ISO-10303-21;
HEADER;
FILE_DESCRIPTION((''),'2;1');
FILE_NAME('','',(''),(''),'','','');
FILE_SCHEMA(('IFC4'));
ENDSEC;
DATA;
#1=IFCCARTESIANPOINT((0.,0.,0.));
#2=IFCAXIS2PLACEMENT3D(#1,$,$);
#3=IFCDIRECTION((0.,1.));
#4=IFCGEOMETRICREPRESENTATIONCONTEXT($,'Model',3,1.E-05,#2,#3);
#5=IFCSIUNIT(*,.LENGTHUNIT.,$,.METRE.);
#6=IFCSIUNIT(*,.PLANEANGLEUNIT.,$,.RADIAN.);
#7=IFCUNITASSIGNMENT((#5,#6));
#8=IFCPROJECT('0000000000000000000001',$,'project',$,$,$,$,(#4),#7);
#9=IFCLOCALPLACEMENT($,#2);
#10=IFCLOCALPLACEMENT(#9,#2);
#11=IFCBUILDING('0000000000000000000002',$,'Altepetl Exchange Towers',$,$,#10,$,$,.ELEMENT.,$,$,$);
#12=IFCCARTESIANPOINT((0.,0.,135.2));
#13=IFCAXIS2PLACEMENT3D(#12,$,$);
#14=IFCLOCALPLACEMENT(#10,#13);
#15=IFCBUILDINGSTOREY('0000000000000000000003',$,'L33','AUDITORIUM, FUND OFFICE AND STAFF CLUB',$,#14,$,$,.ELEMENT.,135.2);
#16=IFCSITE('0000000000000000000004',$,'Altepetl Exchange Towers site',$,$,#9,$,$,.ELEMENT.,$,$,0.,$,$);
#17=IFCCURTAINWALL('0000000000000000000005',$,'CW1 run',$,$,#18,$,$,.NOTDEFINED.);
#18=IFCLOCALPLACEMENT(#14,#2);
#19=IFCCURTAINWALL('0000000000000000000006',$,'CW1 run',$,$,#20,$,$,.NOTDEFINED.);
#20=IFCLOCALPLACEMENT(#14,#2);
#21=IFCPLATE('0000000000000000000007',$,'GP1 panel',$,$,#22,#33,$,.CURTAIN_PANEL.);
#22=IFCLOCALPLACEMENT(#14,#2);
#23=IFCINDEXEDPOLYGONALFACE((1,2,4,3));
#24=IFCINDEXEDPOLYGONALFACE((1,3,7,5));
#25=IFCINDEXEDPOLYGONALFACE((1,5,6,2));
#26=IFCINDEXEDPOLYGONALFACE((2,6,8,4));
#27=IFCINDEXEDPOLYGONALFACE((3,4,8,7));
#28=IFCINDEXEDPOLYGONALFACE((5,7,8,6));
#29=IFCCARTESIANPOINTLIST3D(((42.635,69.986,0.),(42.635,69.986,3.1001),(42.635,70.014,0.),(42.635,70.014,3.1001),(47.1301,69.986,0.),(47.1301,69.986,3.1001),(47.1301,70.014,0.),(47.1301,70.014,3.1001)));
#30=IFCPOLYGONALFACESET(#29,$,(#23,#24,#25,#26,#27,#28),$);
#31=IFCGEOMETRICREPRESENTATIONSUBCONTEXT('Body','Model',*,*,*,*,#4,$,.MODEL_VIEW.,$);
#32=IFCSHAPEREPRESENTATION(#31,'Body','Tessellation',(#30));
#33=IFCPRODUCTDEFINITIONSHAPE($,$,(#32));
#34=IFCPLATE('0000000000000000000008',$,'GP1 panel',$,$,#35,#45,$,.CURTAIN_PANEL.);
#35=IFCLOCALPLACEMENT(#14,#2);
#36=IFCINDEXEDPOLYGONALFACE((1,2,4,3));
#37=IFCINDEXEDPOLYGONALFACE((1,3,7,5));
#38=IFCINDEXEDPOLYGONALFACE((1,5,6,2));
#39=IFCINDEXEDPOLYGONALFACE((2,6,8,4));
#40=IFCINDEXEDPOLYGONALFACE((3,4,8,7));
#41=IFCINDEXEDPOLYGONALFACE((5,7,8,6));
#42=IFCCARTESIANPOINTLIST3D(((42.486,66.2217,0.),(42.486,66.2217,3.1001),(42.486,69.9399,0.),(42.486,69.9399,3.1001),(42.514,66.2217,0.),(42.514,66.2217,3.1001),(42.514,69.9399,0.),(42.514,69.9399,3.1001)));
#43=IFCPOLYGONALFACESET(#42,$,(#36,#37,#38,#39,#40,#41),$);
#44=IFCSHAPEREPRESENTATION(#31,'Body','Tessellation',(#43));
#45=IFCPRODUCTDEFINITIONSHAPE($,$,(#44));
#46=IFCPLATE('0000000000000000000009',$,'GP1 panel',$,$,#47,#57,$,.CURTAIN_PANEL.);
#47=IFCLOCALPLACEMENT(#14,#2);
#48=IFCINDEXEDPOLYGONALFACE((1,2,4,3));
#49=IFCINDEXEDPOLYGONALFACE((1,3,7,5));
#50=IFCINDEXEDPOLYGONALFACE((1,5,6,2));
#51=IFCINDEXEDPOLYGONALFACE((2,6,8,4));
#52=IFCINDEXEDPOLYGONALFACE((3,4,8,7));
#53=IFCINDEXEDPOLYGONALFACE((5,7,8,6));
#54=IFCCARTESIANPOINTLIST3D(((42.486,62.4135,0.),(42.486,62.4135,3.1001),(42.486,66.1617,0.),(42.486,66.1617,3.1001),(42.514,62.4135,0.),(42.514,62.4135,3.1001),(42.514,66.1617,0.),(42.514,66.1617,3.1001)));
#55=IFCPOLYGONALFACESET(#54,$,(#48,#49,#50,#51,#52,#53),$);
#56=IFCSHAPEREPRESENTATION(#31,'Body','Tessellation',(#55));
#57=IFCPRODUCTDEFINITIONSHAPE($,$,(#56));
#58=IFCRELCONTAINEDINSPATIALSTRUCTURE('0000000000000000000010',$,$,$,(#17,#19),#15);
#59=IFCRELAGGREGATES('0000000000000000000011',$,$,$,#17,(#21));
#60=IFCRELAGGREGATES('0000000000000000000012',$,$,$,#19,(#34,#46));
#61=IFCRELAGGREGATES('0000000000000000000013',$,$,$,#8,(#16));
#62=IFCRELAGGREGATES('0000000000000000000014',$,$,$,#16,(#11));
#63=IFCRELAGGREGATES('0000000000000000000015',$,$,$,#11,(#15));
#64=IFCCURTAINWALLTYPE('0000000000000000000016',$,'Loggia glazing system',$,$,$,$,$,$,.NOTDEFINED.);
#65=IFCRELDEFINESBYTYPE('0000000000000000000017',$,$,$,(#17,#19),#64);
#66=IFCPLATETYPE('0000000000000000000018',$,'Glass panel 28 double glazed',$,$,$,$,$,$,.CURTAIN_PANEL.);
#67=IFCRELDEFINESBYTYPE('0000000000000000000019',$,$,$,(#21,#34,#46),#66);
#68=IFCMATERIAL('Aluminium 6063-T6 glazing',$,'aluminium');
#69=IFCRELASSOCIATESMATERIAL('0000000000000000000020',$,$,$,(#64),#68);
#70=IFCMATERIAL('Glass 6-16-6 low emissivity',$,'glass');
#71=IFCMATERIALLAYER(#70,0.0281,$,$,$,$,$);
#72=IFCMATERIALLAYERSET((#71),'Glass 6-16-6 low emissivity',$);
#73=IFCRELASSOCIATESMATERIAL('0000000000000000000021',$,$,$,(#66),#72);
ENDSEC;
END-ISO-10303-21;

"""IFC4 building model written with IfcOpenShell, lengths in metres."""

from ifc_helpers import new_model, si_unit, direction, frame, origin, origin_2d, place, context, subcontext, project, spatial, rectangle, extrude, material, layer, layer_set, type_object, element, aggregate, save


model = new_model("IFC4")

# Units and contexts
model_context = context("Model", 3, precision=1e-05, world=origin(), true_north=direction((0.0, 1.0)))
body_context = subcontext(model_context, "Body", "Model", "MODEL_VIEW")
ifc_project = project(units=[si_unit("LENGTHUNIT", "METRE"), si_unit("PLANEANGLEUNIT", "RADIAN")], contexts=[model_context])

# Site, building, storey
site_placement = place(None, origin())
site = spatial("IfcSite", under=ifc_project, at=site_placement, Name="Altepetl Exchange Towers site", CompositionType="ELEMENT", RefElevation=0.0)
building_placement = place(site_placement, origin())
building = spatial("IfcBuilding", under=site, at=building_placement, Name="Altepetl Exchange Towers", CompositionType="ELEMENT")
storey_placement = place(building_placement, frame((0.0, 0.0, 135.2)))
storey = spatial("IfcBuildingStorey", under=building, at=storey_placement, Name="L33", Description="AUDITORIUM, FUND OFFICE AND STAFF CLUB", CompositionType="ELEMENT", Elevation=135.2)

# Curtain walls
ifc_material_1 = material(Name="Aluminium 6063-T6 glazing", Category="aluminium")
curtain_wall_type = type_object("IfcCurtainWallType", Name="Loggia glazing system", PredefinedType="NOTDEFINED", material=ifc_material_1)
curtain_wall_1_placement = place(storey_placement, origin())
curtain_wall_1 = element("IfcCurtainWall", 1, at=curtain_wall_1_placement, inside=storey, type_object=curtain_wall_type, Name="CW1 run", PredefinedType="NOTDEFINED")
curtain_wall_2_placement = place(storey_placement, origin())
curtain_wall_2 = element("IfcCurtainWall", 2, at=curtain_wall_2_placement, inside=storey, type_object=curtain_wall_type, Name="CW1 run", PredefinedType="NOTDEFINED")

# Plates
ifc_material_2 = material(Name="Glass 6-16-6 low emissivity", Category="glass")
ifc_layer = layer(ifc_material_2, 0.0281)
ifc_layer_set = layer_set([ifc_layer], Name="Glass 6-16-6 low emissivity")
plate_type = type_object("IfcPlateType", Name="Glass panel 28 double glazed", PredefinedType="CURTAIN_PANEL", material=ifc_layer_set)
plate_1_placement = place(storey_placement, frame((44.8826, 70.0, 0.0), z_axis=(0.0, 0.0, 1.0), x_axis=(-1.0, 0.0, 0.0)))
plate_1 = element("IfcPlate", 3, at=plate_1_placement, type_object=plate_type, Name="GP1 panel", PredefinedType="CURTAIN_PANEL", context=body_context, shape_type="SweptSolid", body=[
    extrude(rectangle(XDim=4.4951, YDim=0.0281, at=origin_2d()), origin(), (0.0, 0.0, 1.0), 3.1001),
])
aggregate(curtain_wall_1, [plate_1])
plate_2_placement = place(storey_placement, frame((42.5, 68.0808, 0.0), z_axis=(0.0, 0.0, 1.0), x_axis=(0.0, -1.0, 0.0)))
plate_2 = element("IfcPlate", 4, at=plate_2_placement, type_object=plate_type, Name="GP1 panel", PredefinedType="CURTAIN_PANEL", context=body_context, shape_type="SweptSolid", body=[
    extrude(rectangle(XDim=3.7183, YDim=0.0281, at=origin_2d()), origin(), (0.0, 0.0, 1.0), 3.1001),
])
plate_3_placement = place(storey_placement, frame((42.5, 64.2876, 0.0), z_axis=(0.0, 0.0, 1.0), x_axis=(0.0, -1.0, 0.0)))
plate_3 = element("IfcPlate", 5, at=plate_3_placement, type_object=plate_type, Name="GP1 panel", PredefinedType="CURTAIN_PANEL", context=body_context, shape_type="SweptSolid", body=[
    extrude(rectangle(XDim=3.7483, YDim=0.0281, at=origin_2d()), origin(), (0.0, 0.0, 1.0), 3.1001),
])
aggregate(curtain_wall_2, [plate_2, plate_3])

save(model, "model.ifc")
